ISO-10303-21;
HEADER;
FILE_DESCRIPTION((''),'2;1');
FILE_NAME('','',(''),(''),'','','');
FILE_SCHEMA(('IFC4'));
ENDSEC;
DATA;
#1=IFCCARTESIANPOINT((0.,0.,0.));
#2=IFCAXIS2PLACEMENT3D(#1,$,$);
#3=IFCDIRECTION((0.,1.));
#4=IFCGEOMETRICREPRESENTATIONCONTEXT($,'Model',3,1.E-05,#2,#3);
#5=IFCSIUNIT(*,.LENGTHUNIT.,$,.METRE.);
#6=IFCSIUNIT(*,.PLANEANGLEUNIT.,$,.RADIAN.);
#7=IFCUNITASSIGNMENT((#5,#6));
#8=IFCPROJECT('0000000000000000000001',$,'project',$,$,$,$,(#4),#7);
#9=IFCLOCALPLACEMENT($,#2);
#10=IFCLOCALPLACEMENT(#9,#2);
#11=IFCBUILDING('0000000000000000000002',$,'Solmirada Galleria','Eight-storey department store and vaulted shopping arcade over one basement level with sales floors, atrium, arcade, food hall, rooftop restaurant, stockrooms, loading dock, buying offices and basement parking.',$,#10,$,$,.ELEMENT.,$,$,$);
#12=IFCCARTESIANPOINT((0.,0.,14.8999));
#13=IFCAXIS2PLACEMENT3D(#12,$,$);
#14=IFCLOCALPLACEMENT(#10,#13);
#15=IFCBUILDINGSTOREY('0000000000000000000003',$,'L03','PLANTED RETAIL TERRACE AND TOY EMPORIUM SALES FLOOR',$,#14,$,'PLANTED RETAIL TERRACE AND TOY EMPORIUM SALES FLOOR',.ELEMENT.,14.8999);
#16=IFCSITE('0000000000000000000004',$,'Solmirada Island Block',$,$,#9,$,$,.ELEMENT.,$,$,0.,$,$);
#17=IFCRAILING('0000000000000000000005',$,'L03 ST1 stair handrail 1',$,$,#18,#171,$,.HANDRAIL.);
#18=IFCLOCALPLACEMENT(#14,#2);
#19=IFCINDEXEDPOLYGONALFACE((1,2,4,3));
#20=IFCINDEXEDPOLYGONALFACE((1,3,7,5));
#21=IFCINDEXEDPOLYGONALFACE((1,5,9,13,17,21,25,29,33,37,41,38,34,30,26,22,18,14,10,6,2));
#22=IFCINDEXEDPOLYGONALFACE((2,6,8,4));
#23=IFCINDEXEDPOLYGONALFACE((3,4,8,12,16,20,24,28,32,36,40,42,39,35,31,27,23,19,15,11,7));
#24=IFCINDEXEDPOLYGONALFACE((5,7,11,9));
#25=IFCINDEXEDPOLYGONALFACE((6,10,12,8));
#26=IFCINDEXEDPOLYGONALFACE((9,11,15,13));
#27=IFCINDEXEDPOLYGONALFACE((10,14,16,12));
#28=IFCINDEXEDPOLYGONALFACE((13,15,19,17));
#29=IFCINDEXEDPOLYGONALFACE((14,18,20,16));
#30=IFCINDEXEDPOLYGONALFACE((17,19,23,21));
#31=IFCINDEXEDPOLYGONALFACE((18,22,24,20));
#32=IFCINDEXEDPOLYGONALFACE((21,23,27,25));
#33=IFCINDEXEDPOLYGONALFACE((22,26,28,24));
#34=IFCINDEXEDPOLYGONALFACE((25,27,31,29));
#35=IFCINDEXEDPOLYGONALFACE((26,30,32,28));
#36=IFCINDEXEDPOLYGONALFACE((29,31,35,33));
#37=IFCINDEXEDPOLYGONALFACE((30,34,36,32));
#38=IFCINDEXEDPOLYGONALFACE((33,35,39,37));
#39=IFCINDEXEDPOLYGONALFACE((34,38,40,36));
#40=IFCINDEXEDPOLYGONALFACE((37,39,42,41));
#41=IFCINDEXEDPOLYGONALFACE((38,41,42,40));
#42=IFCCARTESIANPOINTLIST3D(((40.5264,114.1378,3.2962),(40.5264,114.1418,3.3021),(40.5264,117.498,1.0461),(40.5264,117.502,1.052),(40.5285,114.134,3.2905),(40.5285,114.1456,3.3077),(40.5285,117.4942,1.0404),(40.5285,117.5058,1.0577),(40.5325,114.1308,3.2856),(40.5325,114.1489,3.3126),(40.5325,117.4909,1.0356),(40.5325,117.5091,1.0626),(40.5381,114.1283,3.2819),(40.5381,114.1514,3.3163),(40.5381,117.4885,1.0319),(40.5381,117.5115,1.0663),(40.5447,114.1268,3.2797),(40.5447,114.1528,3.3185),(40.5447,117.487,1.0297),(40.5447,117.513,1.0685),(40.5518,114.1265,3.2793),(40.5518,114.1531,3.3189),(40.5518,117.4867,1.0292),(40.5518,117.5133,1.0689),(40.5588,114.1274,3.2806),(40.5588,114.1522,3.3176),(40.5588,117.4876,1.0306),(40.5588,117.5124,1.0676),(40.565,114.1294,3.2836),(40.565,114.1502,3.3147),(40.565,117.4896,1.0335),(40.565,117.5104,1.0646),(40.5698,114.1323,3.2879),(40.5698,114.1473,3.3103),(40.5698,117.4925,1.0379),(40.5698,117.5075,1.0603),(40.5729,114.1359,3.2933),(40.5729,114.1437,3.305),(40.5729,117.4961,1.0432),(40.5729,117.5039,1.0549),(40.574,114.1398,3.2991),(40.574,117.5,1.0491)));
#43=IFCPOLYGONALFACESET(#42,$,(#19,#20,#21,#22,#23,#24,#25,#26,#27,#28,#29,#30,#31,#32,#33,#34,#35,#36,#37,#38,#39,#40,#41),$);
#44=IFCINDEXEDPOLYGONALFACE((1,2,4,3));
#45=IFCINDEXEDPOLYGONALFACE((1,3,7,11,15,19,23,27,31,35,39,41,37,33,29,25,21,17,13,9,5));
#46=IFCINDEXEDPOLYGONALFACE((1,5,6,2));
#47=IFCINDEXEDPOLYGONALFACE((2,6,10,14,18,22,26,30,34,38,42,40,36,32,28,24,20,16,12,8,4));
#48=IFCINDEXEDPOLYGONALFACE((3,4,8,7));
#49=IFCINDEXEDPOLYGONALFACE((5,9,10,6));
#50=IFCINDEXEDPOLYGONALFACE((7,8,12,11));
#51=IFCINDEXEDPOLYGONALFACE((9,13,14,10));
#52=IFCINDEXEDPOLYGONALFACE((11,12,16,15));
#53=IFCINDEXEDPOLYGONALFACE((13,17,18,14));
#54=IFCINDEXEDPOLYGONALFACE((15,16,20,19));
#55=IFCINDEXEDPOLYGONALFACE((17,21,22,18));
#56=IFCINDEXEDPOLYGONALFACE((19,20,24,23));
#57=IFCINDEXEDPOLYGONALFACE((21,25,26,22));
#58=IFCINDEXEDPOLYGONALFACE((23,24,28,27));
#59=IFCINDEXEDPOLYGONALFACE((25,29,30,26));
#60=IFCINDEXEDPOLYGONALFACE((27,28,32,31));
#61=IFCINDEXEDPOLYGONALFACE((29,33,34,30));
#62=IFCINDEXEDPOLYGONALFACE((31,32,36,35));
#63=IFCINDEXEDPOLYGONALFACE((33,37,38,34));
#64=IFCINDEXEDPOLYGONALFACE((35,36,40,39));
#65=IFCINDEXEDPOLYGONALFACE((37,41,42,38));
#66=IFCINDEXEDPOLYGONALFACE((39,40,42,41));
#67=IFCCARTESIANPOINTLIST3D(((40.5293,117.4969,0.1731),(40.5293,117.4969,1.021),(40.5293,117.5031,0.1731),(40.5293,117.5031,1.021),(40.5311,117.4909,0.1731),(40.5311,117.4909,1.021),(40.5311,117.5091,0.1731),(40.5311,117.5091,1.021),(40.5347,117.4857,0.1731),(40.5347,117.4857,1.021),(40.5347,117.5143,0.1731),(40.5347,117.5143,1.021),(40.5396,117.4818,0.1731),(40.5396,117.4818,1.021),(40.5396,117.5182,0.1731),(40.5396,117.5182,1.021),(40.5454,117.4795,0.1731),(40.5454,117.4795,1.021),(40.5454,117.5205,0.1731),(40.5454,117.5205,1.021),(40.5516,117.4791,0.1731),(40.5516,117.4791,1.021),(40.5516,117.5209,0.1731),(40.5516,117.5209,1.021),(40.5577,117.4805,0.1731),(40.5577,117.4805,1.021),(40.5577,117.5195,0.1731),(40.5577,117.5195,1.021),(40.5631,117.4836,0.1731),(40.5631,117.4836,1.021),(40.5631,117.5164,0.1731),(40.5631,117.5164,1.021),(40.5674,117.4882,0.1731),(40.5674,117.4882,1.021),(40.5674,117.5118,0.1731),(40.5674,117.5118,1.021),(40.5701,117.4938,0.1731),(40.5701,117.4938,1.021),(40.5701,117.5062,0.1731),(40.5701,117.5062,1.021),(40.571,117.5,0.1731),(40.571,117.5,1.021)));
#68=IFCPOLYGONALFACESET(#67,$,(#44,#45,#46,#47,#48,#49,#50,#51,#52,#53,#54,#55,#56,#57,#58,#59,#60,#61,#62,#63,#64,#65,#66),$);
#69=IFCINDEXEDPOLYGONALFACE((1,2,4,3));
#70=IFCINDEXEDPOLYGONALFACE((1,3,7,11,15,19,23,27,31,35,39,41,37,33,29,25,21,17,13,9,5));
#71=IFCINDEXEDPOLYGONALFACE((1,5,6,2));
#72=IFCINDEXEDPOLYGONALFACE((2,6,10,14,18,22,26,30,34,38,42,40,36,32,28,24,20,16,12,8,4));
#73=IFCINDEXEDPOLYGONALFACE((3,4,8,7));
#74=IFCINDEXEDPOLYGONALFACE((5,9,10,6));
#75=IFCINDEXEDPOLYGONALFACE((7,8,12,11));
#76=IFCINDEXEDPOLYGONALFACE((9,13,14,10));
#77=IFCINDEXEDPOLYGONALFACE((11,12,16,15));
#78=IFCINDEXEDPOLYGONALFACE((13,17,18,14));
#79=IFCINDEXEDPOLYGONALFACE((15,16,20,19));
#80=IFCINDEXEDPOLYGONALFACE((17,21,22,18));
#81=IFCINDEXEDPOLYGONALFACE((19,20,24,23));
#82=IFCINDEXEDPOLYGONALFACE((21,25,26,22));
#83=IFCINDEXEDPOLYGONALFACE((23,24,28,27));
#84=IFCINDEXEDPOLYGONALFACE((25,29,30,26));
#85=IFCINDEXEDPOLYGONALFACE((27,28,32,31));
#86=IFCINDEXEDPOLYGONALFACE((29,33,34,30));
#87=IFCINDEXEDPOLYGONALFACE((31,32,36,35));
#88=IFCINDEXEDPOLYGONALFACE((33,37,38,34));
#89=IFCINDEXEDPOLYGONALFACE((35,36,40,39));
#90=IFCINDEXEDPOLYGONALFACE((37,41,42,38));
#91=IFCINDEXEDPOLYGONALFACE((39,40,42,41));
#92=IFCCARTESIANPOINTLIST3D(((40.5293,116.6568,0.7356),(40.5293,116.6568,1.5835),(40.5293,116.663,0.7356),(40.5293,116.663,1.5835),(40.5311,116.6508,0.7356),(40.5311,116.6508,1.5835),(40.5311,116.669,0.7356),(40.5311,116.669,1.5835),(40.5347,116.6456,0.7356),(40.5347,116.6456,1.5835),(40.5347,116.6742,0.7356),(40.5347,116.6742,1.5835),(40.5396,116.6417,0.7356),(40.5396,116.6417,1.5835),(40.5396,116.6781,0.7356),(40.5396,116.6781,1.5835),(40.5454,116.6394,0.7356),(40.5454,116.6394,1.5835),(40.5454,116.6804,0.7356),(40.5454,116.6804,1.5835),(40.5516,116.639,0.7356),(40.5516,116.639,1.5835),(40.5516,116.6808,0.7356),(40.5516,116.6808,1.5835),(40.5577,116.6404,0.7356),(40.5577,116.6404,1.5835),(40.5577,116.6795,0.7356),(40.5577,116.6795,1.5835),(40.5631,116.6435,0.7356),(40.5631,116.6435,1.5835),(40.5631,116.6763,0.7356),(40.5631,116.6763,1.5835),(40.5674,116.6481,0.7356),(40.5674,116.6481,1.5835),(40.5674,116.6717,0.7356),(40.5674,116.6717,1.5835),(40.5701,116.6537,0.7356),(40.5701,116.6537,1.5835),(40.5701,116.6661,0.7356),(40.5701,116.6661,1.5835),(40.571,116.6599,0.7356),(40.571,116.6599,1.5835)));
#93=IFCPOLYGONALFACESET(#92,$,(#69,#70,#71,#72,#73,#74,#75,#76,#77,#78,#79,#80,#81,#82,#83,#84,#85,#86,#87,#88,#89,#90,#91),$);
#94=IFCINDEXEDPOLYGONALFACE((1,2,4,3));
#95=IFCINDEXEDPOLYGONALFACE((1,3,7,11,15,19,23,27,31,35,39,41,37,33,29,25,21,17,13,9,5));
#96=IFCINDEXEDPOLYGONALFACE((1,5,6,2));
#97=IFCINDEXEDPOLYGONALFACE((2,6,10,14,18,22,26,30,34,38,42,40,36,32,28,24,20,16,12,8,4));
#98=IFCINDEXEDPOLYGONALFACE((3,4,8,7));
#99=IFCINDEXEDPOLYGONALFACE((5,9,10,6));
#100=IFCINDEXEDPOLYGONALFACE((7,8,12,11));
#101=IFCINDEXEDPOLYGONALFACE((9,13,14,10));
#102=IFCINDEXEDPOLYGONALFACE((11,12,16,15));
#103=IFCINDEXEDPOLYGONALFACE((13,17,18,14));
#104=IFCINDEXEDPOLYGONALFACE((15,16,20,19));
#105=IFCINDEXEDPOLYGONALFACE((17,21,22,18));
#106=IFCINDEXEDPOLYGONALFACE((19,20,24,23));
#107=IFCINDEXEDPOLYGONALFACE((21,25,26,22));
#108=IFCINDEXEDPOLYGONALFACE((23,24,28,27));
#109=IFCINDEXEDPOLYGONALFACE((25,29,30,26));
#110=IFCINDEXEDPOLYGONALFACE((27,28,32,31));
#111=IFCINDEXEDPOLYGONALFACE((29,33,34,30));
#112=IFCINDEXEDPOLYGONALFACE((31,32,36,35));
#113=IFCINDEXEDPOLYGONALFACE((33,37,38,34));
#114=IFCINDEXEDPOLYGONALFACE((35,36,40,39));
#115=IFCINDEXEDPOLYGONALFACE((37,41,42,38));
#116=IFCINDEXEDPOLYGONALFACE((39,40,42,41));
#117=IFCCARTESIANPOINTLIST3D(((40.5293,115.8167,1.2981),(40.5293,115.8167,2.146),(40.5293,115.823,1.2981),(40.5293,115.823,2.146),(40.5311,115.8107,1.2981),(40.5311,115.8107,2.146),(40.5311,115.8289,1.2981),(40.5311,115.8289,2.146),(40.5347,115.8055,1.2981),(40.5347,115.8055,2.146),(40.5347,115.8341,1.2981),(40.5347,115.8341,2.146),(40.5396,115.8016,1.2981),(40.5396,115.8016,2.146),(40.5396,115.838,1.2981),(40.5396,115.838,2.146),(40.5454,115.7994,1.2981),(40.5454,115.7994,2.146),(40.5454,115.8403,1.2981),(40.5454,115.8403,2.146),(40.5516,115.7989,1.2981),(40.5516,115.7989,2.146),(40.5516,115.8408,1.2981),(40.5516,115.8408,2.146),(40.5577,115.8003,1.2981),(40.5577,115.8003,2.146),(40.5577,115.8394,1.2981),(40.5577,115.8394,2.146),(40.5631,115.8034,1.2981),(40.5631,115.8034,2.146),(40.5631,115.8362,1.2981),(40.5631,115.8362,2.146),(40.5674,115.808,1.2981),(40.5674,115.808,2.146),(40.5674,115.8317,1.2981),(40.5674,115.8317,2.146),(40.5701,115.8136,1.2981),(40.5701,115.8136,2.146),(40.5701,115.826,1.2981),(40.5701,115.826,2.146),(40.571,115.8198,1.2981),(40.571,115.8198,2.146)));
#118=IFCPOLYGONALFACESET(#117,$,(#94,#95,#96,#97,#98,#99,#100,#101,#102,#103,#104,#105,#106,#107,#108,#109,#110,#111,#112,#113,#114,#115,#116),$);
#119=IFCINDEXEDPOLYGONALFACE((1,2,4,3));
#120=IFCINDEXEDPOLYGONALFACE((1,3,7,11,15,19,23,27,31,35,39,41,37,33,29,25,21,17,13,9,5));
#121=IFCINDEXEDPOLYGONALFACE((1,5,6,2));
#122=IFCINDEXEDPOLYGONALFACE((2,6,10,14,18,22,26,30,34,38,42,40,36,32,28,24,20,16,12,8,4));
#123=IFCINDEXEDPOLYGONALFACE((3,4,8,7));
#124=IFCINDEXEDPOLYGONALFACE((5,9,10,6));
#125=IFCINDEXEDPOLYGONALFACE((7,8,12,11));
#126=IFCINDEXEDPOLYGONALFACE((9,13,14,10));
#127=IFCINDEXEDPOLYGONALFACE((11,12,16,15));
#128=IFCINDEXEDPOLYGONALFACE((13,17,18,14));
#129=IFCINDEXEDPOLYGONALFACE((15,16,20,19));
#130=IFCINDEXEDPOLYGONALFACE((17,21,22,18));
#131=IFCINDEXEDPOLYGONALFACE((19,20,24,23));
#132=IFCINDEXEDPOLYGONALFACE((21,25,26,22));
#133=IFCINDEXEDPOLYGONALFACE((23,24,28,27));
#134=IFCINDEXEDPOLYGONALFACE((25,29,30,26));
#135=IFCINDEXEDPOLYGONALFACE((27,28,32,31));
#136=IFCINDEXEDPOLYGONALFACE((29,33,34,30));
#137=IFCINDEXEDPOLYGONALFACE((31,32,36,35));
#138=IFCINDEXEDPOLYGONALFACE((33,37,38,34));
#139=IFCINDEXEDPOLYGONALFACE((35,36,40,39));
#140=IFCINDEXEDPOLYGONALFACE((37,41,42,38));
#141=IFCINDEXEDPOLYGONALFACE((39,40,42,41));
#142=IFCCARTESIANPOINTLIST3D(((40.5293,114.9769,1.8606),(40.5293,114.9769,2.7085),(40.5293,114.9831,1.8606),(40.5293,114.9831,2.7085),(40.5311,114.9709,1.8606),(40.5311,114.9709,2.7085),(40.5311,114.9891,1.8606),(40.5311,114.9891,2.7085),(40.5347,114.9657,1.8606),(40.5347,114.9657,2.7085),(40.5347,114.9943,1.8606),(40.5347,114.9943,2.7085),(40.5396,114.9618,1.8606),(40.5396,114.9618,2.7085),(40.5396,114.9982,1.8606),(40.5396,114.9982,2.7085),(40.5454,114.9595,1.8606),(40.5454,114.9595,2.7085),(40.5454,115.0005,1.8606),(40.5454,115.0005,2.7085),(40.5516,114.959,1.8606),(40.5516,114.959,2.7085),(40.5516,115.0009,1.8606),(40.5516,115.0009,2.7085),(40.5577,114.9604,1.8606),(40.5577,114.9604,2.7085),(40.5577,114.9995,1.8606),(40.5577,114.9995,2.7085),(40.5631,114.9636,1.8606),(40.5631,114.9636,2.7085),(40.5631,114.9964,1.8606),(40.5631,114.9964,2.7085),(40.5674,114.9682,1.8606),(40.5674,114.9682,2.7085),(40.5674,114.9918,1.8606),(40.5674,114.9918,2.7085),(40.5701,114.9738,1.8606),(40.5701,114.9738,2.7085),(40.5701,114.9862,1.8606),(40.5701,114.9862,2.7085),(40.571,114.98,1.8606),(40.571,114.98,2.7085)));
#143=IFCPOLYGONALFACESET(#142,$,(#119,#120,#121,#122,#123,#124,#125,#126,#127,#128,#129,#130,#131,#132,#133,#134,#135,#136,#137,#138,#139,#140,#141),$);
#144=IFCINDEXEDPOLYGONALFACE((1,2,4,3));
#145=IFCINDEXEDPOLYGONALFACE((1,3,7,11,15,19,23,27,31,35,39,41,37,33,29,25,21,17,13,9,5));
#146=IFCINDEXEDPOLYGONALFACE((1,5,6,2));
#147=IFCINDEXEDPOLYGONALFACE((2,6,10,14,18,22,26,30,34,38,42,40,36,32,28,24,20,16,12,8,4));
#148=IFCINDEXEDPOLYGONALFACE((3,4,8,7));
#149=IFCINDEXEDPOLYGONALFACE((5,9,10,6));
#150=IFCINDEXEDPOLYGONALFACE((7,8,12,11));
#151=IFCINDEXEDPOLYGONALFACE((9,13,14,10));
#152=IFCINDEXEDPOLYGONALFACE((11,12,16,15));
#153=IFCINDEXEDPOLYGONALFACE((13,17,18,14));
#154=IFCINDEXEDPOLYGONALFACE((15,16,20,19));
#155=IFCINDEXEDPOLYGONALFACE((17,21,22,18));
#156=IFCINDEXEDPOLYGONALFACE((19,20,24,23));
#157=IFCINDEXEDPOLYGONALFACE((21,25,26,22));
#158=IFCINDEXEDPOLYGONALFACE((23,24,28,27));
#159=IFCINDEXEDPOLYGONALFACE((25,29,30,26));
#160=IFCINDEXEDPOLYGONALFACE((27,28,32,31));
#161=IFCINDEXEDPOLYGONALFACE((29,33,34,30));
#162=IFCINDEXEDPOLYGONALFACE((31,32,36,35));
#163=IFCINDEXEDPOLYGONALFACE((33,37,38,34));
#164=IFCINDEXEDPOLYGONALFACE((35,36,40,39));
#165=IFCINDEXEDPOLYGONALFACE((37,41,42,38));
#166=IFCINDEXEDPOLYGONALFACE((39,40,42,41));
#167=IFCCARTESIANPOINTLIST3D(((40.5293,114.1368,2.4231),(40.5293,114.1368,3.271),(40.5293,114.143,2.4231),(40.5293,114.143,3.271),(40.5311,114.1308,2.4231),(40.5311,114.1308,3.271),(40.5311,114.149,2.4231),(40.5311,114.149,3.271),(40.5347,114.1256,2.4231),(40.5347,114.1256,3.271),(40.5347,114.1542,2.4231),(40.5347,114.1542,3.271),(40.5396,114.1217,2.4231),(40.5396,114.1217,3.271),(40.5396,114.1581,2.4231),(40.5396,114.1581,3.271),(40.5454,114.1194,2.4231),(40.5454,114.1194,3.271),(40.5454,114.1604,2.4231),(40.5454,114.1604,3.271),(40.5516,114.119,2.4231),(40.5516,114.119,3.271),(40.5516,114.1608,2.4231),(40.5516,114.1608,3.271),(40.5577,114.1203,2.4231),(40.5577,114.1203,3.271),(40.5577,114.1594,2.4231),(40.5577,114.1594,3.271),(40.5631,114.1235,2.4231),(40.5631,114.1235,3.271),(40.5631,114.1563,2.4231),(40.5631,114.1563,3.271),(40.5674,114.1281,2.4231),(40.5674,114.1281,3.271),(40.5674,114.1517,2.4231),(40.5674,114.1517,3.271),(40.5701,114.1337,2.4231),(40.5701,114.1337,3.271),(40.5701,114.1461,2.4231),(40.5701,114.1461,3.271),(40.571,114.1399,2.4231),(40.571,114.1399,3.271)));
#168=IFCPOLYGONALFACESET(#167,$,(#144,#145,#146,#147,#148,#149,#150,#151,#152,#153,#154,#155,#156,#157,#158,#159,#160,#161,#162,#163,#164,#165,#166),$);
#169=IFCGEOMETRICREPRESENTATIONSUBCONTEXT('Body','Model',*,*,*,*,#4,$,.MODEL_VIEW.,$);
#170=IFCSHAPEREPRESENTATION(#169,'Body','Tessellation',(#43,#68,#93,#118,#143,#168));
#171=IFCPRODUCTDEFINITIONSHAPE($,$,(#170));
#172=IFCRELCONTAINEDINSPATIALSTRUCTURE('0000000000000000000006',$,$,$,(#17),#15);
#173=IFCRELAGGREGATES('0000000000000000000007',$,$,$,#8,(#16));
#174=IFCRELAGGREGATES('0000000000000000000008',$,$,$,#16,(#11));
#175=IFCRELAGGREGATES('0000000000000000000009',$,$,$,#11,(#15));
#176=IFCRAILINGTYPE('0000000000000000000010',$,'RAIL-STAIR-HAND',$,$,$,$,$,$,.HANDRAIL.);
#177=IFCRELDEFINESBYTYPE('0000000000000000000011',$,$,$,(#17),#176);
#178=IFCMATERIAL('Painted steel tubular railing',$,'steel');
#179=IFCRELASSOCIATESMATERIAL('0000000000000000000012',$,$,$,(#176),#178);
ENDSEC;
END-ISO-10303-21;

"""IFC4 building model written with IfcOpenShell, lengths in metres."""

from ifc_helpers import new_model, si_unit, direction, frame, origin, origin_2d, place, context, subcontext, project, spatial, circle, extrude, material, type_object, element, save


model = new_model("IFC4")

# Units and contexts
model_context = context("Model", 3, precision=1e-05, world=origin(), true_north=direction((0.0, 1.0)))
body_context = subcontext(model_context, "Body", "Model", "MODEL_VIEW")
ifc_project = project(units=[si_unit("LENGTHUNIT", "METRE"), si_unit("PLANEANGLEUNIT", "RADIAN")], contexts=[model_context])

# Site, building, storey
site_placement = place(None, origin())
site = spatial("IfcSite", under=ifc_project, at=site_placement, Name="Solmirada Island Block", CompositionType="ELEMENT", RefElevation=0.0)
building_placement = place(site_placement, origin())
building = spatial("IfcBuilding", under=site, at=building_placement, Name="Solmirada Galleria", Description="Eight-storey department store and vaulted shopping arcade over one basement level with sales floors, atrium, arcade, food hall, rooftop restaurant, stockrooms, loading dock, buying offices and basement parking.", CompositionType="ELEMENT")
storey_placement = place(building_placement, frame((0.0, 0.0, 14.8999)))
storey = spatial("IfcBuildingStorey", under=building, at=storey_placement, Name="L03", Description="PLANTED RETAIL TERRACE AND TOY EMPORIUM SALES FLOOR", LongName="PLANTED RETAIL TERRACE AND TOY EMPORIUM SALES FLOOR", CompositionType="ELEMENT", Elevation=14.8999)

# Railing
ifc_material_1 = material(Name="Painted steel tubular railing", Category="steel")
railing_type_1 = type_object("IfcRailingType", Name="RAIL-STAIR-HAND", PredefinedType="HANDRAIL", material=ifc_material_1)
railing_1_placement = place(storey_placement, frame((40.55, 117.5, 0.1731)))
element("IfcRailing", 1, at=railing_1_placement, inside=storey, type_object=railing_type_1, Name="L03 ST1 stair handrail 1", PredefinedType="HANDRAIL", context=body_context, shape_type="SweptSolid", body=[
    extrude(circle(Radius=0.0239, at=origin_2d()), frame((0.0, 0.0, 0.876), z_axis=(0.0, -0.830915, 0.556399), x_axis=(1.0, 0.0, 0.0)), (0.0, 0.0, 1.0), 4.0439),
    extrude(circle(Radius=0.021, at=origin_2d()), origin(), (0.0, 0.0, 1.0), 0.8479),
    extrude(circle(Radius=0.021, at=origin_2d()), frame((0.0, -0.8401, 0.5625)), (0.0, 0.0, 1.0), 0.8479),
    extrude(circle(Radius=0.021, at=origin_2d()), frame((0.0, -1.6802, 1.125)), (0.0, 0.0, 1.0), 0.8479),
    extrude(circle(Radius=0.021, at=origin_2d()), frame((0.0, -2.52, 1.6875)), (0.0, 0.0, 1.0), 0.8479),
    extrude(circle(Radius=0.021, at=origin_2d()), frame((0.0, -3.3601, 2.25)), (0.0, 0.0, 1.0), 0.8479),
])

save(model, "model.ifc")
